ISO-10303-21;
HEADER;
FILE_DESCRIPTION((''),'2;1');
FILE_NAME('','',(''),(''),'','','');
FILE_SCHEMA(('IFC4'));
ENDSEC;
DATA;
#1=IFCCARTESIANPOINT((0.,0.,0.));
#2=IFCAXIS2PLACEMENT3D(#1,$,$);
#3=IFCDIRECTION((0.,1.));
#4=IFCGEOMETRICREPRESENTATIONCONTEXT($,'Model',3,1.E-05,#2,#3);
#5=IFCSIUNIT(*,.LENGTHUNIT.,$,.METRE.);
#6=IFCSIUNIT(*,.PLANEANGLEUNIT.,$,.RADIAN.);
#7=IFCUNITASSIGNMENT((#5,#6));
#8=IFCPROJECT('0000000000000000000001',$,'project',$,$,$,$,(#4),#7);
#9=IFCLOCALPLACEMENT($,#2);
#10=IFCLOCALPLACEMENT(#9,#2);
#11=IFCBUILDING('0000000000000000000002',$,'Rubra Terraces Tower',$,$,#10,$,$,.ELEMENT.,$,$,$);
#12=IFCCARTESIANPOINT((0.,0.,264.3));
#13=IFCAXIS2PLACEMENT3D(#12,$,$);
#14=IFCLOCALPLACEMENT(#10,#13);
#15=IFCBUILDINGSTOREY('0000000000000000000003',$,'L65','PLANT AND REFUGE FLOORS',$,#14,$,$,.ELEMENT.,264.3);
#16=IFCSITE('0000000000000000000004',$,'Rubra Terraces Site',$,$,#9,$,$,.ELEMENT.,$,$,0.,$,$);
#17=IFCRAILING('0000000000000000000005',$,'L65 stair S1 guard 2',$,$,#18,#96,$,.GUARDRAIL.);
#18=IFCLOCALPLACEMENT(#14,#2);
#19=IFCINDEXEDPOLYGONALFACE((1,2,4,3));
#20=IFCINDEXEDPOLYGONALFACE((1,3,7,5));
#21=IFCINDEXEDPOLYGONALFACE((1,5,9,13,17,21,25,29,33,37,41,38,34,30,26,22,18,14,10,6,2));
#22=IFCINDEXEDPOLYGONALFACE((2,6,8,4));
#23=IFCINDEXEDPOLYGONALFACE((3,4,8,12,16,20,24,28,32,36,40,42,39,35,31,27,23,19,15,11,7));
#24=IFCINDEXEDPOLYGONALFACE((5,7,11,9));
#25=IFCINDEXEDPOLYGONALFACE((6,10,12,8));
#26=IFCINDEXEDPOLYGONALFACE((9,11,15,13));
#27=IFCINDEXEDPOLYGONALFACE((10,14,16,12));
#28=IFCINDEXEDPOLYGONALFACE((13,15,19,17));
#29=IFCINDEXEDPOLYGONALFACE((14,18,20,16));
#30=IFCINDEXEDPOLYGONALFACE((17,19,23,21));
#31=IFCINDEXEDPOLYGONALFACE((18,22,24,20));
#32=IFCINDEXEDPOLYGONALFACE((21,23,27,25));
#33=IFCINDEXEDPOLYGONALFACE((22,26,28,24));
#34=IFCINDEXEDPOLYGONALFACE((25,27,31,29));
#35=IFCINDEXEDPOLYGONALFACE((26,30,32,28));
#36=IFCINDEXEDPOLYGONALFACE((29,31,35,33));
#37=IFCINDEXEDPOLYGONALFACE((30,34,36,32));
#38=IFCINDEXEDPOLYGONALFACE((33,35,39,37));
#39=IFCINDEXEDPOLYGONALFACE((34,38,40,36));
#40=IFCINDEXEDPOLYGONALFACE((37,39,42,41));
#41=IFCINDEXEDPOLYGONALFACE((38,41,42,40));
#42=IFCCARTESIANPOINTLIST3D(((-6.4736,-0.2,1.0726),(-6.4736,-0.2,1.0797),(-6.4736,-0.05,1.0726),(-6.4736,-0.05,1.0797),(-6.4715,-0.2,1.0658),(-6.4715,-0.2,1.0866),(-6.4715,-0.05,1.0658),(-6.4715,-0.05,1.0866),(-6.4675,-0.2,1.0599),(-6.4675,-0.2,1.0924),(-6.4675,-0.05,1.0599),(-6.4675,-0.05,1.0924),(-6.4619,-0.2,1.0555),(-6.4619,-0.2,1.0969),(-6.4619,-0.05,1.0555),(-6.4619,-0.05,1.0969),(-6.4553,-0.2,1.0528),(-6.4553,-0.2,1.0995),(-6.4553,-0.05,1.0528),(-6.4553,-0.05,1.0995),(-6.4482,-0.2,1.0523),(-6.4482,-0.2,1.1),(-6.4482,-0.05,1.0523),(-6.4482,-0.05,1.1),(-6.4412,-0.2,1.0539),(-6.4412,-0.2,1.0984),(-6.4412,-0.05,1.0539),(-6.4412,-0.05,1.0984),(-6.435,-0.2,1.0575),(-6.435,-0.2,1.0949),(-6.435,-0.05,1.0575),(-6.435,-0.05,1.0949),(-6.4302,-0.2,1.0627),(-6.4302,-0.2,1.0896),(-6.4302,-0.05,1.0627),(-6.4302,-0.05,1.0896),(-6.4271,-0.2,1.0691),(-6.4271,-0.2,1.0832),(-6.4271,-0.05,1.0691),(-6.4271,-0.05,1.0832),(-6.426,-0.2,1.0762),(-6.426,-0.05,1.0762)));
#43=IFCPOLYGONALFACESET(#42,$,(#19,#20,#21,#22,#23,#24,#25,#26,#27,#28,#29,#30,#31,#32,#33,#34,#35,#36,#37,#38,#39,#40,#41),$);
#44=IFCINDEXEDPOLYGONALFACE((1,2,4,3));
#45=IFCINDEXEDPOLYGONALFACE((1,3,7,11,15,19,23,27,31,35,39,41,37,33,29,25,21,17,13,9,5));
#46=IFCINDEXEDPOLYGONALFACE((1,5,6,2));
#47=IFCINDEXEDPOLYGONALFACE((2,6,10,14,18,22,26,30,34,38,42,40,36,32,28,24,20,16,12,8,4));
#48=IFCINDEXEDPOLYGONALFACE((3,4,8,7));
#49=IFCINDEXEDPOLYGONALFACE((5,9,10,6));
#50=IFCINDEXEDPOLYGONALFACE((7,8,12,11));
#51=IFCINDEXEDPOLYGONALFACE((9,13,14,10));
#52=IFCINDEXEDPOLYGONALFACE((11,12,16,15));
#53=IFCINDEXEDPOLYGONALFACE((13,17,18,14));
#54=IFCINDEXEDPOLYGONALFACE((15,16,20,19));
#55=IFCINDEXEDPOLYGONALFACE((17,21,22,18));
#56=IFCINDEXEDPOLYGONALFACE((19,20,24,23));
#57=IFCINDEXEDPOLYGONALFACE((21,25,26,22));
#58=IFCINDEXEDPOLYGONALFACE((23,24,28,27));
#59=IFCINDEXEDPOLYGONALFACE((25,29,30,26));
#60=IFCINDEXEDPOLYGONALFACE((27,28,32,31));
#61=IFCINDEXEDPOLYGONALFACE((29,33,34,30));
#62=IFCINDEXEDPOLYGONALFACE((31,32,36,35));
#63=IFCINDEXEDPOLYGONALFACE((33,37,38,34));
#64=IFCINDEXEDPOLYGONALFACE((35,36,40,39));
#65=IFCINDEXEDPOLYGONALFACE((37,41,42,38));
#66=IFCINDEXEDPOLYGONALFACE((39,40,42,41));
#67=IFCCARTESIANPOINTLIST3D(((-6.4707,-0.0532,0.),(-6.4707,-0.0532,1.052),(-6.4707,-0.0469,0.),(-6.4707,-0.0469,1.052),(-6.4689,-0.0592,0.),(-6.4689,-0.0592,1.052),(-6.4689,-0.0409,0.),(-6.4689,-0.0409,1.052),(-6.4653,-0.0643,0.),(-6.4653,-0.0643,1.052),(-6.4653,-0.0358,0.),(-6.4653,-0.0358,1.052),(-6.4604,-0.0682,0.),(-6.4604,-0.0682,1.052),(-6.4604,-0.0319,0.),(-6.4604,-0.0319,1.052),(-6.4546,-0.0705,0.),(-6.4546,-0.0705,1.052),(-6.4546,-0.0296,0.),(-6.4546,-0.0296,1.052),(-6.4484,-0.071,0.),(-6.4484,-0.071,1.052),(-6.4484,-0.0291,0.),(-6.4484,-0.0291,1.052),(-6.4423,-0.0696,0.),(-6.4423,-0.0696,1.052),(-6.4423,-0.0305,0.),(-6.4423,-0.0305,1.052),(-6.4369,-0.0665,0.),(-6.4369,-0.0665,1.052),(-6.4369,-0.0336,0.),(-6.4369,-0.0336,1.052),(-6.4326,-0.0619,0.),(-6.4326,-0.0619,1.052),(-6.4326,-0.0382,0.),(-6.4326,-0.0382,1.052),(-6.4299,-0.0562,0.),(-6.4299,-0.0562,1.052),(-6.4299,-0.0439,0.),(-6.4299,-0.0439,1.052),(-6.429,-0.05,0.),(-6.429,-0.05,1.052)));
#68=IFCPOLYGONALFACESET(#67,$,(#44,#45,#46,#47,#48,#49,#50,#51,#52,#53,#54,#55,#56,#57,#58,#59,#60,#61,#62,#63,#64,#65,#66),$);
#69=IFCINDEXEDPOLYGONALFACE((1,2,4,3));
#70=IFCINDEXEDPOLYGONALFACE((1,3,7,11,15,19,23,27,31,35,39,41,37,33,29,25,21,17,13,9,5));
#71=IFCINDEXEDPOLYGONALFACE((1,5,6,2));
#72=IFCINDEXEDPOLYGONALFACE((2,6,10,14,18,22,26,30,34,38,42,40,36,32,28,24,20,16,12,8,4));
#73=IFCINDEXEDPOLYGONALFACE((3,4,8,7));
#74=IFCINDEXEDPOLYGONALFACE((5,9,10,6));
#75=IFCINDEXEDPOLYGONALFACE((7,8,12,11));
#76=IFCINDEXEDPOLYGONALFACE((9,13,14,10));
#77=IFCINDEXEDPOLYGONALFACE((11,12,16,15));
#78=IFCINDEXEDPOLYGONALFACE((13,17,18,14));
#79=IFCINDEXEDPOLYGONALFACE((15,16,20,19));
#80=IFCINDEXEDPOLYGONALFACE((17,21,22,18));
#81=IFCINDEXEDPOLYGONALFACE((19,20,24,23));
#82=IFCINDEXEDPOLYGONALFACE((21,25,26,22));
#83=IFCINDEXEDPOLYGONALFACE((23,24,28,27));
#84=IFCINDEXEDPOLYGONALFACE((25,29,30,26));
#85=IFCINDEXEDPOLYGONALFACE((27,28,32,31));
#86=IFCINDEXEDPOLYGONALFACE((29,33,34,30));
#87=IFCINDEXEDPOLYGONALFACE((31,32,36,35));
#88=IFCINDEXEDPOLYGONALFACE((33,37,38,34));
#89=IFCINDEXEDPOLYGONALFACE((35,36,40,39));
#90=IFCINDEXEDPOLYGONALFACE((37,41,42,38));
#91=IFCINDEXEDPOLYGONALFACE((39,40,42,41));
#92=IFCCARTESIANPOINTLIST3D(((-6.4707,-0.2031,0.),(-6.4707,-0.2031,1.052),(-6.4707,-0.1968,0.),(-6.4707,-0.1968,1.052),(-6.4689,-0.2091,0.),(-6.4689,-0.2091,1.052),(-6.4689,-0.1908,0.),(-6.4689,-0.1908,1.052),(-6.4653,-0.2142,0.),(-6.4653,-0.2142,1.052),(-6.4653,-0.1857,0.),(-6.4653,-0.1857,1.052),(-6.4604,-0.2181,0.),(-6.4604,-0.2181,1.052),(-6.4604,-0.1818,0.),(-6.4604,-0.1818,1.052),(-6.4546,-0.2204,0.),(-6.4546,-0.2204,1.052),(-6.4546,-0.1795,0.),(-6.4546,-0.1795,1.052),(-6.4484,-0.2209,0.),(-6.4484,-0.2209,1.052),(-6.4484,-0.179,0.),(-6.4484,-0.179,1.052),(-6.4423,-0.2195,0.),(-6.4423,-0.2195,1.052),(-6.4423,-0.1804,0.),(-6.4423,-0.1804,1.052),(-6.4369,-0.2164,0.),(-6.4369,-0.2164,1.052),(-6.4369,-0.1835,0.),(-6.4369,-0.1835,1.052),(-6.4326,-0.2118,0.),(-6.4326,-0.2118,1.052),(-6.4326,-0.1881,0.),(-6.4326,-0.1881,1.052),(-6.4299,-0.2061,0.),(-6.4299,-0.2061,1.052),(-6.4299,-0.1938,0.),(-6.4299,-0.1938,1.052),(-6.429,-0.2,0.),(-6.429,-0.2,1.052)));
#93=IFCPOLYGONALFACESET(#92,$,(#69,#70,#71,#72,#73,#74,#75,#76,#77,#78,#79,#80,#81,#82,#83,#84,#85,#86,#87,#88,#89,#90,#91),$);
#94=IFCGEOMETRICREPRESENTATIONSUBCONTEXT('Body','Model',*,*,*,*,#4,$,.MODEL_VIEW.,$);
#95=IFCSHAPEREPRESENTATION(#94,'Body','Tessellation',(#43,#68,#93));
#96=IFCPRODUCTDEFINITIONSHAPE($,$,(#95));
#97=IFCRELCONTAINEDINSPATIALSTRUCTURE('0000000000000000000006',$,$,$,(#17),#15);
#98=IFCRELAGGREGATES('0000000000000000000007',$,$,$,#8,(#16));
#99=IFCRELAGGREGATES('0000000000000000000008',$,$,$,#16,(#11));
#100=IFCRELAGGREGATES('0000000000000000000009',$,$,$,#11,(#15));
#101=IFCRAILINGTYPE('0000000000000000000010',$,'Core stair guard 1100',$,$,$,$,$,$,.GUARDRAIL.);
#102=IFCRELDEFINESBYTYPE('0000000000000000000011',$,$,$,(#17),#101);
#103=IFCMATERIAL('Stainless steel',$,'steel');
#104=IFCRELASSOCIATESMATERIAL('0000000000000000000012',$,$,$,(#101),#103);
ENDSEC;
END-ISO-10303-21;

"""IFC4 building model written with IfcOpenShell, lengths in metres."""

from ifc_helpers import new_model, si_unit, direction, frame, origin, origin_2d, place, context, subcontext, project, spatial, circle, extrude, material, type_object, element, save


model = new_model("IFC4")

# Units and contexts
model_context = context("Model", 3, precision=1e-05, world=origin(), true_north=direction((0.0, 1.0)))
body_context = subcontext(model_context, "Body", "Model", "MODEL_VIEW")
ifc_project = project(units=[si_unit("LENGTHUNIT", "METRE"), si_unit("PLANEANGLEUNIT", "RADIAN")], contexts=[model_context])

# Site, building, storey
site_placement = place(None, origin())
site = spatial("IfcSite", under=ifc_project, at=site_placement, Name="Rubra Terraces Site", CompositionType="ELEMENT", RefElevation=0.0)
building_placement = place(site_placement, origin())
building = spatial("IfcBuilding", under=site, at=building_placement, Name="Rubra Terraces Tower", CompositionType="ELEMENT")
storey_placement = place(building_placement, frame((0.0, 0.0, 264.3)))
storey = spatial("IfcBuildingStorey", under=building, at=storey_placement, Name="L65", Description="PLANT AND REFUGE FLOORS", CompositionType="ELEMENT", Elevation=264.3)

# Railing
ifc_material_1 = material(Name="Stainless steel", Category="steel")
railing_type = type_object("IfcRailingType", Name="Core stair guard 1100", PredefinedType="GUARDRAIL", material=ifc_material_1)
railing_1_placement = place(storey_placement, frame((-6.45, -0.05, 0.0)))
element("IfcRailing", 1, at=railing_1_placement, inside=storey, type_object=railing_type, Name="L65 stair S1 guard 2", PredefinedType="GUARDRAIL", context=body_context, shape_type="SweptSolid", body=[
    extrude(circle(Radius=0.0239, at=origin_2d()), frame((0.0, 0.0, 1.0762), z_axis=(0.0, -1.0, 0.0), x_axis=(1.0, 0.0, 0.0)), (0.0, 0.0, 1.0), 0.1499),
    extrude(circle(Radius=0.021, at=origin_2d()), origin(), (0.0, 0.0, 1.0), 1.052),
    extrude(circle(Radius=0.021, at=origin_2d()), frame((0.0, -0.1499, 0.0)), (0.0, 0.0, 1.0), 1.052),
])

save(model, "model.ifc")
